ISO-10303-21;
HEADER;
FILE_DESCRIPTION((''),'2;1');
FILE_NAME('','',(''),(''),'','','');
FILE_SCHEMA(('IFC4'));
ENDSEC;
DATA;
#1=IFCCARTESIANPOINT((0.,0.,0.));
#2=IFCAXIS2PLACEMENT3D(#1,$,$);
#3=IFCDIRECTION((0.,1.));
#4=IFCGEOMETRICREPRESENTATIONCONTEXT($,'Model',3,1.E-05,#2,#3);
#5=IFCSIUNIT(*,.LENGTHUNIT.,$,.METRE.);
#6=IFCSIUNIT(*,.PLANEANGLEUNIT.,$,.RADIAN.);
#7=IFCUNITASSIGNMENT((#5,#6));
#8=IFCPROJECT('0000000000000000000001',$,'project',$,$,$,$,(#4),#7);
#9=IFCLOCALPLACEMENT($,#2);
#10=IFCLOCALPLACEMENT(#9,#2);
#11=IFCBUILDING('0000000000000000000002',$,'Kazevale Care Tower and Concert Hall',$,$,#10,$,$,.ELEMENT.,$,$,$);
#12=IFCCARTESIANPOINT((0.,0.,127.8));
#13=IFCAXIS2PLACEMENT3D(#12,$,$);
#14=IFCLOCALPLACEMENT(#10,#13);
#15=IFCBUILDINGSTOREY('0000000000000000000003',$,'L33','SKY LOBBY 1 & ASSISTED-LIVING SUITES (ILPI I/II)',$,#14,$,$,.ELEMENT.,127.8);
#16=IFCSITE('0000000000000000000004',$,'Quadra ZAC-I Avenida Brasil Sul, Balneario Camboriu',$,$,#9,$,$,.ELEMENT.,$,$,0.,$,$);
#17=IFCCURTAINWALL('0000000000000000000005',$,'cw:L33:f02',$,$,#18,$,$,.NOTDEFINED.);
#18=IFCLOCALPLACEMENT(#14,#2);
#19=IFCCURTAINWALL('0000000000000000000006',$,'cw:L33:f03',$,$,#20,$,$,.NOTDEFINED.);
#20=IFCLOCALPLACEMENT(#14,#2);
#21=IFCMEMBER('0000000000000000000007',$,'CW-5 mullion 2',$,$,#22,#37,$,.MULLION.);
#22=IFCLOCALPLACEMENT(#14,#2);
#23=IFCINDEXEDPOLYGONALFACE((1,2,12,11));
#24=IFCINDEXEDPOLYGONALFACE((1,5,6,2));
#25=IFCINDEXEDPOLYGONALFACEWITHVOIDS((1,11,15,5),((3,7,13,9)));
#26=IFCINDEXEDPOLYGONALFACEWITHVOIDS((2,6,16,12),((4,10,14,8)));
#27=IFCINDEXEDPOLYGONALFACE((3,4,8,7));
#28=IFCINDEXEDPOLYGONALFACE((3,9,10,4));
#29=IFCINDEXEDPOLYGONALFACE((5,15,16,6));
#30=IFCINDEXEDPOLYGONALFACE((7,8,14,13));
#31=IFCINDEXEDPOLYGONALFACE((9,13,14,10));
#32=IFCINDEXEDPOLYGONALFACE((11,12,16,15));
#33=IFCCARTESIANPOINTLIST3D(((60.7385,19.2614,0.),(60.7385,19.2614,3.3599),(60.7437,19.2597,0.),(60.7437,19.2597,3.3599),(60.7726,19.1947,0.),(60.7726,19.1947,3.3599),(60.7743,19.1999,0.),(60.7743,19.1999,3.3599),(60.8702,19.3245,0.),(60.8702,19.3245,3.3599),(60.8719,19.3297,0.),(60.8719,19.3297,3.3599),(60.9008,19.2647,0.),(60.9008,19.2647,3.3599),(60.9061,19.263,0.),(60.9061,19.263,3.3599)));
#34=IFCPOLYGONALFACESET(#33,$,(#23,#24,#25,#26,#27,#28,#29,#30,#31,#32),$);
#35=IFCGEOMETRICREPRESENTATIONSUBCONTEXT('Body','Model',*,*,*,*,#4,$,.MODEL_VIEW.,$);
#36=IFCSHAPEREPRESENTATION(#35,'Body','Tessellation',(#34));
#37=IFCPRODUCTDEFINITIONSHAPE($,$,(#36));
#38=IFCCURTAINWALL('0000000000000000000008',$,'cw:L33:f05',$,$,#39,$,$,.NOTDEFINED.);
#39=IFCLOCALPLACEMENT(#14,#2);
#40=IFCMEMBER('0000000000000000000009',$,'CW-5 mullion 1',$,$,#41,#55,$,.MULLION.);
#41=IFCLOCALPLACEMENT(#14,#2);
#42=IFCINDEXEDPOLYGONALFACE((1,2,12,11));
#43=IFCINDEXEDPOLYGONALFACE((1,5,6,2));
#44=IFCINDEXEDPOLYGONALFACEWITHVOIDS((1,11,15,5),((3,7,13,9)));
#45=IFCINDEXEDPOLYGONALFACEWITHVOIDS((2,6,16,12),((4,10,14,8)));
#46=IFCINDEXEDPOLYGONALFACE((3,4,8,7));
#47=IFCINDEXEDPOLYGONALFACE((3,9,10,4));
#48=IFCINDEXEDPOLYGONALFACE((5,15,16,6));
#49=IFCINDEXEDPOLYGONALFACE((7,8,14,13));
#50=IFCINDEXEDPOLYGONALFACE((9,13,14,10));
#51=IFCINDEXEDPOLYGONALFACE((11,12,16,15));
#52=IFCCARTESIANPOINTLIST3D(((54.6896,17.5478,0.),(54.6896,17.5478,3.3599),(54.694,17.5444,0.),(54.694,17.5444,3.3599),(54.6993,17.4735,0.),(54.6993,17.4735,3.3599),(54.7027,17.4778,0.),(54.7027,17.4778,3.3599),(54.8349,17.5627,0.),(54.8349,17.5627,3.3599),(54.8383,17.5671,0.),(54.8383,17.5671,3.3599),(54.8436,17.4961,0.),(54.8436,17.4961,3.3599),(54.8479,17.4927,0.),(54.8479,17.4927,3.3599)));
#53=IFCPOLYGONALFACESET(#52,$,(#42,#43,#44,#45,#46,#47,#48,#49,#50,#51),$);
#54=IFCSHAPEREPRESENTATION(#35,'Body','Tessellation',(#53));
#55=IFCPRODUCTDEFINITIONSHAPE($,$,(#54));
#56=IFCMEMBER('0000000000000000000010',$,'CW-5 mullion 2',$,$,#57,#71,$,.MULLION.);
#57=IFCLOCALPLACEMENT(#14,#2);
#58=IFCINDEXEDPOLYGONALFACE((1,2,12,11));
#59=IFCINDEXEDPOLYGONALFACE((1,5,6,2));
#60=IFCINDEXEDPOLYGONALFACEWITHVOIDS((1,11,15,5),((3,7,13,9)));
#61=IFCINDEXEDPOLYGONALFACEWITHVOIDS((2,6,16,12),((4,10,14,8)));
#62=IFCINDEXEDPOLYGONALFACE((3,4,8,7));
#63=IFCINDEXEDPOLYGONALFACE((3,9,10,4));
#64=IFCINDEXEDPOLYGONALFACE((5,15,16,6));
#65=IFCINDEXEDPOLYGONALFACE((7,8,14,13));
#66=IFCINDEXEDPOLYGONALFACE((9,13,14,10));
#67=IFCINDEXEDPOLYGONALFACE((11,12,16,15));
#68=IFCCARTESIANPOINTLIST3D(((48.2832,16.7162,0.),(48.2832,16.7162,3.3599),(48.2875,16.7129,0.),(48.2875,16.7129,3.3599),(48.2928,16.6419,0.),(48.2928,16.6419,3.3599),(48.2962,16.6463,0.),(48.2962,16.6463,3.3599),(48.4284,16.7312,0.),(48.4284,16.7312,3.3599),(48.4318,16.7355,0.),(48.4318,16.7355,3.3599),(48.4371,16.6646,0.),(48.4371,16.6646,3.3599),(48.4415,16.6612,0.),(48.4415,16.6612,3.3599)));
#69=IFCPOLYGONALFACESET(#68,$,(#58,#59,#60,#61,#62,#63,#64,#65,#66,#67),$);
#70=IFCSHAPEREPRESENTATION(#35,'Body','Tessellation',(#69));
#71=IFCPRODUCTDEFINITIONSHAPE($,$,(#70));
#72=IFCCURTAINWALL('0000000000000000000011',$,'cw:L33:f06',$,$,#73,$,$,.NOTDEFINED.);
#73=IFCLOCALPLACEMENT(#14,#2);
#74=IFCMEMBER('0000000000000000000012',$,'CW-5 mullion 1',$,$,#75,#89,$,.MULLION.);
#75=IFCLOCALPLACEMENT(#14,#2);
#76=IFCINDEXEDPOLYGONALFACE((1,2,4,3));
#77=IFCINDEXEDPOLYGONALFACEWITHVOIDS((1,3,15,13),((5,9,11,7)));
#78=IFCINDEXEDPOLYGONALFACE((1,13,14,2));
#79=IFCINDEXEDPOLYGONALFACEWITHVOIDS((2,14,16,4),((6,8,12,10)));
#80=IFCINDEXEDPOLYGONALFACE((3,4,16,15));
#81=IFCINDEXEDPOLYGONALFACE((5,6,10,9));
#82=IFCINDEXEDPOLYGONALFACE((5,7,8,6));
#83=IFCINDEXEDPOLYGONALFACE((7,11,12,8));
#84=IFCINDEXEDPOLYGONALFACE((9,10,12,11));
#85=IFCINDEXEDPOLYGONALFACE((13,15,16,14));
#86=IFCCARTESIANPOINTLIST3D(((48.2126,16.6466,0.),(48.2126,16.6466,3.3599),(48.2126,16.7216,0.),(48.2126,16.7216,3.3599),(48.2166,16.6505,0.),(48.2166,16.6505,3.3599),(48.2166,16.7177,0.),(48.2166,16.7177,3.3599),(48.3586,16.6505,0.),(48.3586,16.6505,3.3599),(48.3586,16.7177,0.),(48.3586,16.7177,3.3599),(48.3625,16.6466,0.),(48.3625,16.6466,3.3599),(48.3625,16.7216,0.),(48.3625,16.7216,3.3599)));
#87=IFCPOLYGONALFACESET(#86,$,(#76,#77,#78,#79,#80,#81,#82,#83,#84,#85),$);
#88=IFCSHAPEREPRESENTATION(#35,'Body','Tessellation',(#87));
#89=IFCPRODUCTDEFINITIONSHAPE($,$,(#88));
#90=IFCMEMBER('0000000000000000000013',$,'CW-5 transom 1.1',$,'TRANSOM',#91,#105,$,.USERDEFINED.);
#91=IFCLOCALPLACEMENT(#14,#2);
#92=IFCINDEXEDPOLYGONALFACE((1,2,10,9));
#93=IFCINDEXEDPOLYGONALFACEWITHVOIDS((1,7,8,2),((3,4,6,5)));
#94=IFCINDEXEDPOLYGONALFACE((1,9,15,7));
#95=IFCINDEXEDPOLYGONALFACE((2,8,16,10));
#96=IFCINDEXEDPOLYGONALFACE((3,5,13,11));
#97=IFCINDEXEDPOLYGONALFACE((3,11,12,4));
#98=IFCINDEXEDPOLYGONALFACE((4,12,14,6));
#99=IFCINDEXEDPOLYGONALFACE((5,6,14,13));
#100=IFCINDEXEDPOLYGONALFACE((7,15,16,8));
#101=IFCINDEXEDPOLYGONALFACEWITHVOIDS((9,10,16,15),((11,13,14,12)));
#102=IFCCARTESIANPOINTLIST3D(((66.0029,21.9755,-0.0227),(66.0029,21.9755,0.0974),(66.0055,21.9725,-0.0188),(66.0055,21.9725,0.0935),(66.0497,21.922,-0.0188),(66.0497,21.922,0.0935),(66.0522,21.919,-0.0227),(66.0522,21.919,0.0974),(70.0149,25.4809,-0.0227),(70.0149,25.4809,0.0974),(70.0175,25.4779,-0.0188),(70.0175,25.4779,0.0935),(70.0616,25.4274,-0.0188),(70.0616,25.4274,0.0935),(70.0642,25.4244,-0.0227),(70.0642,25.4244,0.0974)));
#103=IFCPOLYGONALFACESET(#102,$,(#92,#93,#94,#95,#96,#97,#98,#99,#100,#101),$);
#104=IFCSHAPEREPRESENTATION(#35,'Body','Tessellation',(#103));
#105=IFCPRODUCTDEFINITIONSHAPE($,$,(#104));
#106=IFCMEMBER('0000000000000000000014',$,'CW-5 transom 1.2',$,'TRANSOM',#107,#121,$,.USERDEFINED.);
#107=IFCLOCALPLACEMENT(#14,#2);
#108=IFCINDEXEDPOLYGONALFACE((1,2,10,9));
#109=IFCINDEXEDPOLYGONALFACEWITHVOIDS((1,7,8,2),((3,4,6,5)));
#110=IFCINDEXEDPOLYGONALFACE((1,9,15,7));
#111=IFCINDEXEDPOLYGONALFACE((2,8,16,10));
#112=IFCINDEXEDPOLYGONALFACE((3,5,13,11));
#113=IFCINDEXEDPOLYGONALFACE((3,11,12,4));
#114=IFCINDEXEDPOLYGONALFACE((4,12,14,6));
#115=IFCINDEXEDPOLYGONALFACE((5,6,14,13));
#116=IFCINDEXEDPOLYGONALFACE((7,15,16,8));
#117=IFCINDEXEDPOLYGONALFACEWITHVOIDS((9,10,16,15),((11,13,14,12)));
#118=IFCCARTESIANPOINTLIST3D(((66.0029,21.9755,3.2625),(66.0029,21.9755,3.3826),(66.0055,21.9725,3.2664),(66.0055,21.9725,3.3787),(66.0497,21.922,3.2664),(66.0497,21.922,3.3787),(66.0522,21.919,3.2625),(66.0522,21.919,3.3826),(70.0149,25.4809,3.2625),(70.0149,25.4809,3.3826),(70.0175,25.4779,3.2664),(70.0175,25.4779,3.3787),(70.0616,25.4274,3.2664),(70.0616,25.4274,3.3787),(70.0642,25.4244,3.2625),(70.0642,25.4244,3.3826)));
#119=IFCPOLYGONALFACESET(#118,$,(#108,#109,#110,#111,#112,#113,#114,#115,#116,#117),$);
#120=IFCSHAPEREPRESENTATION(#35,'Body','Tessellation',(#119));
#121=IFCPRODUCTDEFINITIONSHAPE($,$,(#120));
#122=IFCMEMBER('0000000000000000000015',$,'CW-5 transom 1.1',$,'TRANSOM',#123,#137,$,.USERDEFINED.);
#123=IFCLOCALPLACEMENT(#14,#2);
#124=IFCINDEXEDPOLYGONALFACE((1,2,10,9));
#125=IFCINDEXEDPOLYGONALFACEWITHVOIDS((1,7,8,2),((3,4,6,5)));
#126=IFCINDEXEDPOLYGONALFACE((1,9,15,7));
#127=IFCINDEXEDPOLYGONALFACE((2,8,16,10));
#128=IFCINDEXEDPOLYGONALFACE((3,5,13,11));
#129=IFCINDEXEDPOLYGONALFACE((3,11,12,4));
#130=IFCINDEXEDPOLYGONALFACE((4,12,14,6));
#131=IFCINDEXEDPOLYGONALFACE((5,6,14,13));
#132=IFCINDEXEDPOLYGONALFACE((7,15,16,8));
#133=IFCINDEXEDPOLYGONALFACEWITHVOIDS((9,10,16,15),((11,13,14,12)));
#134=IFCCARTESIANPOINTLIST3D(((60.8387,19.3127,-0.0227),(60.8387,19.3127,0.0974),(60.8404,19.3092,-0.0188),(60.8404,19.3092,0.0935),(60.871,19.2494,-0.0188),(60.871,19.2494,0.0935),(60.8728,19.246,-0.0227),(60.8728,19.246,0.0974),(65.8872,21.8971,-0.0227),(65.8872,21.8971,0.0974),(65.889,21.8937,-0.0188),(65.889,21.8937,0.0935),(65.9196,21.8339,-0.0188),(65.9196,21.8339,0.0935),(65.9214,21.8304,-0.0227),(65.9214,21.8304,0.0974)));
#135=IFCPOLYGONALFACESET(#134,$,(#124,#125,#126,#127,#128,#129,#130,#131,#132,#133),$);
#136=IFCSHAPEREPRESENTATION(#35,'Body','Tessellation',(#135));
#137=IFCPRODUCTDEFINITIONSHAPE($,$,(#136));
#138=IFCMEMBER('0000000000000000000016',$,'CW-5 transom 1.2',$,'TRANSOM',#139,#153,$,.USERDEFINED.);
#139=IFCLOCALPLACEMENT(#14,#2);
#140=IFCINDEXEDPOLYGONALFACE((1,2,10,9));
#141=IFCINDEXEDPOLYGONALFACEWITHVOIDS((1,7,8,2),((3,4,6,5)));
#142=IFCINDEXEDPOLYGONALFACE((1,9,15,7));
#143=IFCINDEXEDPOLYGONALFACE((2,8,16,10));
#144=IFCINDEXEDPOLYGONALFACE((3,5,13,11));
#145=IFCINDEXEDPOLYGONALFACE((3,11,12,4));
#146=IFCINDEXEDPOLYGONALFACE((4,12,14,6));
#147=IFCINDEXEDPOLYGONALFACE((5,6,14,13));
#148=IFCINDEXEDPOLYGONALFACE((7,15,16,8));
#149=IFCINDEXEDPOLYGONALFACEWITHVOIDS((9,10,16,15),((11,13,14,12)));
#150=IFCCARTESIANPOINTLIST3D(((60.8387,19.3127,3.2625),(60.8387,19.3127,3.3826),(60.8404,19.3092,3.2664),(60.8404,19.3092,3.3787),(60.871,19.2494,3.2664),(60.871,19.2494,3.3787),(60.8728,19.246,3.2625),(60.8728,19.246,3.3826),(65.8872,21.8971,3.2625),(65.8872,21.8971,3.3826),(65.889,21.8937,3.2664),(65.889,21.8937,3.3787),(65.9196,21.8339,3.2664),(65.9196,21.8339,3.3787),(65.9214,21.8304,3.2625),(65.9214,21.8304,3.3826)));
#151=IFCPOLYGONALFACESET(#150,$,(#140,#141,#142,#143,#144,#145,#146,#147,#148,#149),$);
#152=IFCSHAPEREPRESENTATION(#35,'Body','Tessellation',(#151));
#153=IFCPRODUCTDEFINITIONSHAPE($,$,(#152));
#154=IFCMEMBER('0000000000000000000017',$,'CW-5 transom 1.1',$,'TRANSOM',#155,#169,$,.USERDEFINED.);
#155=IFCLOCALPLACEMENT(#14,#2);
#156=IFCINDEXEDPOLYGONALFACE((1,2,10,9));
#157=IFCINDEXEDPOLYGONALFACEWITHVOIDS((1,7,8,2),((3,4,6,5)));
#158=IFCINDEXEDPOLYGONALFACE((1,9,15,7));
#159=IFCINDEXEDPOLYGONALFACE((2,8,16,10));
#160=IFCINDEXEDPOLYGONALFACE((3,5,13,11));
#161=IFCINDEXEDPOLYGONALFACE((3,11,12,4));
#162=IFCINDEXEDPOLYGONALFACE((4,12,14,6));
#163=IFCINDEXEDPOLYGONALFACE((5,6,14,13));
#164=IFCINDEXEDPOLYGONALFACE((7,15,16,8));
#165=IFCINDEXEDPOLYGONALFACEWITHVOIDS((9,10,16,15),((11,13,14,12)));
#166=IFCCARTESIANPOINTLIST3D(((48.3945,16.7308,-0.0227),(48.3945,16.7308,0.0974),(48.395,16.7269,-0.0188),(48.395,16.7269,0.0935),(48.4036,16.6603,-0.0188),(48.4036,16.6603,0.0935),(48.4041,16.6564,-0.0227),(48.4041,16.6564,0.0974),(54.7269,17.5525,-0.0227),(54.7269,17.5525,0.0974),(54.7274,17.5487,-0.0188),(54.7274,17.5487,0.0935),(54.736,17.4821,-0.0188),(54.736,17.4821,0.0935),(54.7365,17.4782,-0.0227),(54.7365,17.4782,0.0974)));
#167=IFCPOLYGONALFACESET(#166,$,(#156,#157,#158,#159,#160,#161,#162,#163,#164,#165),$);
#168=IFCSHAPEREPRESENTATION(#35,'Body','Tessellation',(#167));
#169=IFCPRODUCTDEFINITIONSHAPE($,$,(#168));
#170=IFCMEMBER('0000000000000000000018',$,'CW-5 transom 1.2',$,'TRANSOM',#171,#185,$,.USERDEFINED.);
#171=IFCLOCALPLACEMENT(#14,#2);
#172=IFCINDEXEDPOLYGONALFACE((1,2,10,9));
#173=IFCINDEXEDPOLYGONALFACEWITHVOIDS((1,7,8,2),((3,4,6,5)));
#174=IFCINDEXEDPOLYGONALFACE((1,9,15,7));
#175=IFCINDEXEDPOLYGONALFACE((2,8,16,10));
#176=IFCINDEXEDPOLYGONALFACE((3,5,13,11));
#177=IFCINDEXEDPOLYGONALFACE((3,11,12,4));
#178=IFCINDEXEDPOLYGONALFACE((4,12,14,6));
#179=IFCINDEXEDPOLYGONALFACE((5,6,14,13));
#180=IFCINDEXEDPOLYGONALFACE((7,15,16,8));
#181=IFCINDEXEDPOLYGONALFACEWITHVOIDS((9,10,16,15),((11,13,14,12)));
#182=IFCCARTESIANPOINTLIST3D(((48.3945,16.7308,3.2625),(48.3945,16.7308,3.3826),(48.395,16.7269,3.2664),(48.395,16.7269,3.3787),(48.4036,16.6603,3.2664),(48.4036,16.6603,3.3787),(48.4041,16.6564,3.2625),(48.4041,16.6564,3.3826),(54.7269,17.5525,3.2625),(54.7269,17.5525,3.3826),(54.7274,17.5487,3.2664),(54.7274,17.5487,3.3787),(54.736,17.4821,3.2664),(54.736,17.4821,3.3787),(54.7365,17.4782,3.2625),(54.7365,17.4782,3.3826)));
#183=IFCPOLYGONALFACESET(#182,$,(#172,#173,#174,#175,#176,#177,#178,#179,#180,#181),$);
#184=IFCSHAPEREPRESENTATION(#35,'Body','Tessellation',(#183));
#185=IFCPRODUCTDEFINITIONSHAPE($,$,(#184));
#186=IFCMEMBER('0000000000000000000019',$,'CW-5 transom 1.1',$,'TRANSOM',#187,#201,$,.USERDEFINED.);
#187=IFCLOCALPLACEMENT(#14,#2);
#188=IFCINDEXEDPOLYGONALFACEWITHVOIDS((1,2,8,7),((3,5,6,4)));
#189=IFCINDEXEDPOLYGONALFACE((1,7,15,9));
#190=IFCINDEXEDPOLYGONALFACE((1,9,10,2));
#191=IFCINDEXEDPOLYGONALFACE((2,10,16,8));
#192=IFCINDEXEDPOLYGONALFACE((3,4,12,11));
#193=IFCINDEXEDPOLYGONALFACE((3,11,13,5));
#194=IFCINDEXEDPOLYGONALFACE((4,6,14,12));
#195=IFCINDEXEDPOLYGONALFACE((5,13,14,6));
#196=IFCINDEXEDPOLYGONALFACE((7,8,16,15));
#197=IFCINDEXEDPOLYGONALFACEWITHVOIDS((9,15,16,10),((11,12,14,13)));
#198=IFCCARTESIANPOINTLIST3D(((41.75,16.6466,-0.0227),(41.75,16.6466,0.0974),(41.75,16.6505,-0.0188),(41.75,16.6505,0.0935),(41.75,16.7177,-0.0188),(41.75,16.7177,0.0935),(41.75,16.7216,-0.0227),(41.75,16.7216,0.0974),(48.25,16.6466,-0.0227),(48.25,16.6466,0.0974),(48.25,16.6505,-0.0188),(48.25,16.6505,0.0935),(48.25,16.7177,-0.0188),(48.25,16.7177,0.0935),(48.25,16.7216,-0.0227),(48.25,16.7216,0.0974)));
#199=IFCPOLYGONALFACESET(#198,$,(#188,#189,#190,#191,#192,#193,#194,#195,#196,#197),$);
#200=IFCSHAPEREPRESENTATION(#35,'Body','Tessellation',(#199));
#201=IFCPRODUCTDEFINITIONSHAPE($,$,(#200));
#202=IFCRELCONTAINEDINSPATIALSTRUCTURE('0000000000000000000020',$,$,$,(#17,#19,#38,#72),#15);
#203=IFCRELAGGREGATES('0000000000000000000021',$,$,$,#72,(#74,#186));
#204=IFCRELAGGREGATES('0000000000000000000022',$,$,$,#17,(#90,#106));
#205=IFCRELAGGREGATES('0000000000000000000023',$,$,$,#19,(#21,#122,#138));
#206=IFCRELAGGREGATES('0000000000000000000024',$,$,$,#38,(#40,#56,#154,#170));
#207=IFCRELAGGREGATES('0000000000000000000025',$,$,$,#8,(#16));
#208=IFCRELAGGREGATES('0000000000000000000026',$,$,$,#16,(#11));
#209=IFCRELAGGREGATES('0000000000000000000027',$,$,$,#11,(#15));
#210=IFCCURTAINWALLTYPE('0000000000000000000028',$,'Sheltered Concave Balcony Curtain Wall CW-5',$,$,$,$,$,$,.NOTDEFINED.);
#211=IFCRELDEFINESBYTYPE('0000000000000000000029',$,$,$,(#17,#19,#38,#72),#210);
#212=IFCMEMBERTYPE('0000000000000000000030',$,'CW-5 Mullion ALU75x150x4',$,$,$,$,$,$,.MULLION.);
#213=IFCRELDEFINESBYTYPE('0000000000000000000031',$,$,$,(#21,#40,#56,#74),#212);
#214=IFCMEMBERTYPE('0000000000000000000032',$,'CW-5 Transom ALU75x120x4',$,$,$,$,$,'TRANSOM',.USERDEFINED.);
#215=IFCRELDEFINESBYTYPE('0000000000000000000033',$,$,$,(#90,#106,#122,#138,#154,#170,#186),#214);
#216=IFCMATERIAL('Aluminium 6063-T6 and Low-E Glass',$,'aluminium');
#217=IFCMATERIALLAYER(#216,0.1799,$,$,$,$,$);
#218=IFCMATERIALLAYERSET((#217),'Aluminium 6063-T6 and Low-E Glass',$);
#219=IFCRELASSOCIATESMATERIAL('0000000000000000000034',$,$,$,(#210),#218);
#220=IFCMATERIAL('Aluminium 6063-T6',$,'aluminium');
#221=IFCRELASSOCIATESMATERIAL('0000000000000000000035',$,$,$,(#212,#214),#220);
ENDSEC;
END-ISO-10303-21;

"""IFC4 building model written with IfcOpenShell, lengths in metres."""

from ifc_helpers import new_model, si_unit, direction, frame, origin, origin_2d, place, context, subcontext, project, spatial, hollow_rectangle, extrude, material, layer, layer_set, material_profile, profile_set, type_object, element, aggregate, save


model = new_model("IFC4")

# Units and contexts
model_context = context("Model", 3, precision=1e-05, world=origin(), true_north=direction((0.0, 1.0)))
body_context = subcontext(model_context, "Body", "Model", "MODEL_VIEW")
ifc_project = project(units=[si_unit("LENGTHUNIT", "METRE"), si_unit("PLANEANGLEUNIT", "RADIAN")], contexts=[model_context])

# Site, building, storey
site_placement = place(None, origin())
site = spatial("IfcSite", under=ifc_project, at=site_placement, Name="Quadra ZAC-I Avenida Brasil Sul, Balneario Camboriu", CompositionType="ELEMENT", RefElevation=0.0)
building_placement = place(site_placement, origin())
building = spatial("IfcBuilding", under=site, at=building_placement, Name="Kazevale Care Tower and Concert Hall", CompositionType="ELEMENT")
storey_placement = place(building_placement, frame((0.0, 0.0, 127.8)))
storey = spatial("IfcBuildingStorey", under=building, at=storey_placement, Name="L33", Description="SKY LOBBY 1 & ASSISTED-LIVING SUITES (ILPI I/II)", CompositionType="ELEMENT", Elevation=127.8)

# Curtain walls, members
ifc_material_1 = material(Name="Aluminium 6063-T6 and Low-E Glass", Category="aluminium")
ifc_layer_1 = layer(ifc_material_1, 0.1799)
ifc_layer_set_1 = layer_set([ifc_layer_1], Name="Aluminium 6063-T6 and Low-E Glass")
curtain_wall_type = type_object("IfcCurtainWallType", Name="Sheltered Concave Balcony Curtain Wall CW-5", PredefinedType="NOTDEFINED", material=ifc_layer_set_1)
curtain_wall_1_placement = place(storey_placement, origin())
curtain_wall_1 = element("IfcCurtainWall", 1, at=curtain_wall_1_placement, inside=storey, type_object=curtain_wall_type, Name="cw:L33:f02", PredefinedType="NOTDEFINED")
ifc_material_2 = material(Name="Aluminium 6063-T6", Category="aluminium")
ifc_material_profile_1 = material_profile(ifc_material_2, hollow_rectangle(XDim=0.075, YDim=0.1499, WallThickness=0.0039, at=origin_2d()), Name="ALU75x150x4")
ifc_profile_set_1 = profile_set([ifc_material_profile_1], Name="Aluminium 6063-T6")
member_type_1 = type_object("IfcMemberType", Name="CW-5 Mullion ALU75x150x4", PredefinedType="MULLION", material=ifc_profile_set_1)
curtain_wall_2_placement = place(storey_placement, origin())
curtain_wall_2 = element("IfcCurtainWall", 2, at=curtain_wall_2_placement, inside=storey, type_object=curtain_wall_type, Name="cw:L33:f03", PredefinedType="NOTDEFINED")
member_1_placement = place(storey_placement, frame((60.8223, 19.2622, 0.0), z_axis=(0.0, 0.0, 1.0), x_axis=(0.455713, -0.890127, 0.0)))
member_1 = element("IfcMember", 3, at=member_1_placement, type_object=member_type_1, Name="CW-5 mullion 2", PredefinedType="MULLION", context=body_context, shape_type="SweptSolid", body=[
    extrude(hollow_rectangle(XDim=0.075, YDim=0.1499, WallThickness=0.0039, at=origin_2d()), origin(), (0.0, 0.0, 1.0), 3.3599),
])
curtain_wall_3_placement = place(storey_placement, origin())
curtain_wall_3 = element("IfcCurtainWall", 4, at=curtain_wall_3_placement, inside=storey, type_object=curtain_wall_type, Name="cw:L33:f05", PredefinedType="NOTDEFINED")
member_2_placement = place(storey_placement, frame((54.7688, 17.5203, 0.0), z_axis=(0.0, 0.0, 1.0), x_axis=(0.128685, -0.991686, 0.0)))
member_2 = element("IfcMember", 5, at=member_2_placement, type_object=member_type_1, Name="CW-5 mullion 1", PredefinedType="MULLION", context=body_context, shape_type="SweptSolid", body=[
    extrude(hollow_rectangle(XDim=0.075, YDim=0.1499, WallThickness=0.0039, at=origin_2d()), origin(), (0.0, 0.0, 1.0), 3.3599),
])
member_3_placement = place(storey_placement, frame((48.3623, 16.6887, 0.0), z_axis=(0.0, 0.0, 1.0), x_axis=(0.128685, -0.991686, 0.0)))
member_3 = element("IfcMember", 6, at=member_3_placement, type_object=member_type_1, Name="CW-5 mullion 2", PredefinedType="MULLION", context=body_context, shape_type="SweptSolid", body=[
    extrude(hollow_rectangle(XDim=0.075, YDim=0.1499, WallThickness=0.0039, at=origin_2d()), origin(), (0.0, 0.0, 1.0), 3.3599),
])

# Curtain wall, member
curtain_wall_4_placement = place(storey_placement, origin())
curtain_wall_4 = element("IfcCurtainWall", 7, at=curtain_wall_4_placement, inside=storey, type_object=curtain_wall_type, Name="cw:L33:f06", PredefinedType="NOTDEFINED")
member_4_placement = place(storey_placement, frame((48.2876, 16.6841, 0.0), z_axis=(0.0, 0.0, 1.0), x_axis=(0.0, -1.0, 0.0)))
member_4 = element("IfcMember", 8, at=member_4_placement, type_object=member_type_1, Name="CW-5 mullion 1", PredefinedType="MULLION", context=body_context, shape_type="SweptSolid", body=[
    extrude(hollow_rectangle(XDim=0.075, YDim=0.1499, WallThickness=0.0039, at=origin_2d()), origin(), (0.0, 0.0, 1.0), 3.3599),
])

# Members
ifc_material_profile_2 = material_profile(ifc_material_2, hollow_rectangle(XDim=0.075, YDim=0.1201, WallThickness=0.0039, at=origin_2d()), Name="ALU75x120x4")
ifc_profile_set_2 = profile_set([ifc_material_profile_2], Name="Aluminium 6063-T6")
member_type_2 = type_object("IfcMemberType", Name="CW-5 Transom ALU75x120x4", ElementType="TRANSOM", PredefinedType="USERDEFINED", material=ifc_profile_set_2)
member_5_placement = place(storey_placement, frame((70.0396, 25.4526, 0.0374), z_axis=(-0.753051, -0.657963, 0.0), x_axis=(0.657963, -0.753051, 0.0)))
member_5 = element("IfcMember", 9, at=member_5_placement, type_object=member_type_2, Name="CW-5 transom 1.1", ObjectType="TRANSOM", PredefinedType="USERDEFINED", context=body_context, shape_type="SweptSolid", body=[
    extrude(hollow_rectangle(XDim=0.075, YDim=0.1201, WallThickness=0.0039, at=origin_2d()), origin(), (0.0, 0.0, 1.0), 5.3276),
])
member_6_placement = place(storey_placement, frame((70.0396, 25.4526, 3.3225), z_axis=(-0.753051, -0.657963, 0.0), x_axis=(0.657963, -0.753051, 0.0)))
member_6 = element("IfcMember", 10, at=member_6_placement, type_object=member_type_2, Name="CW-5 transom 1.2", ObjectType="TRANSOM", PredefinedType="USERDEFINED", context=body_context, shape_type="SweptSolid", body=[
    extrude(hollow_rectangle(XDim=0.075, YDim=0.1201, WallThickness=0.0039, at=origin_2d()), origin(), (0.0, 0.0, 1.0), 5.3276),
])
member_7_placement = place(storey_placement, frame((65.9043, 21.8638, 0.0374), z_axis=(-0.890143, -0.455682, 0.0), x_axis=(0.455682, -0.890143, 0.0)))
member_7 = element("IfcMember", 11, at=member_7_placement, type_object=member_type_2, Name="CW-5 transom 1.1", ObjectType="TRANSOM", PredefinedType="USERDEFINED", context=body_context, shape_type="SweptSolid", body=[
    extrude(hollow_rectangle(XDim=0.075, YDim=0.1201, WallThickness=0.0039, at=origin_2d()), origin(), (0.0, 0.0, 1.0), 5.6716),
])
member_8_placement = place(storey_placement, frame((65.9043, 21.8638, 3.3225), z_axis=(-0.890143, -0.455682, 0.0), x_axis=(0.455682, -0.890143, 0.0)))
member_8 = element("IfcMember", 12, at=member_8_placement, type_object=member_type_2, Name="CW-5 transom 1.2", ObjectType="TRANSOM", PredefinedType="USERDEFINED", context=body_context, shape_type="SweptSolid", body=[
    extrude(hollow_rectangle(XDim=0.075, YDim=0.1201, WallThickness=0.0039, at=origin_2d()), origin(), (0.0, 0.0, 1.0), 5.6716),
])
member_9_placement = place(storey_placement, frame((54.7317, 17.5154, 0.0374), z_axis=(-0.991684, -0.128697, 0.0), x_axis=(0.128697, -0.991684, 0.0)))
member_9 = element("IfcMember", 13, at=member_9_placement, type_object=member_type_2, Name="CW-5 transom 1.1", ObjectType="TRANSOM", PredefinedType="USERDEFINED", context=body_context, shape_type="SweptSolid", body=[
    extrude(hollow_rectangle(XDim=0.075, YDim=0.1201, WallThickness=0.0039, at=origin_2d()), origin(), (0.0, 0.0, 1.0), 6.3855),
])
member_10_placement = place(storey_placement, frame((54.7317, 17.5154, 3.3225), z_axis=(-0.991684, -0.128697, 0.0), x_axis=(0.128697, -0.991684, 0.0)))
member_10 = element("IfcMember", 14, at=member_10_placement, type_object=member_type_2, Name="CW-5 transom 1.2", ObjectType="TRANSOM", PredefinedType="USERDEFINED", context=body_context, shape_type="SweptSolid", body=[
    extrude(hollow_rectangle(XDim=0.075, YDim=0.1201, WallThickness=0.0039, at=origin_2d()), origin(), (0.0, 0.0, 1.0), 6.3855),
])
member_11_placement = place(storey_placement, frame((48.25, 16.6841, 0.0374), z_axis=(-1.0, 0.0, 0.0), x_axis=(0.0, -1.0, 0.0)))
member_11 = element("IfcMember", 15, at=member_11_placement, type_object=member_type_2, Name="CW-5 transom 1.1", ObjectType="TRANSOM", PredefinedType="USERDEFINED", context=body_context, shape_type="SweptSolid", body=[
    extrude(hollow_rectangle(XDim=0.075, YDim=0.1201, WallThickness=0.0039, at=origin_2d()), origin(), (0.0, 0.0, 1.0), 6.5),
])
aggregate(curtain_wall_4, [member_4, member_11])

aggregate(curtain_wall_1, [member_5, member_6])
aggregate(curtain_wall_2, [member_1, member_7, member_8])
aggregate(curtain_wall_3, [member_2, member_3, member_9, member_10])

save(model, "model.ifc")
